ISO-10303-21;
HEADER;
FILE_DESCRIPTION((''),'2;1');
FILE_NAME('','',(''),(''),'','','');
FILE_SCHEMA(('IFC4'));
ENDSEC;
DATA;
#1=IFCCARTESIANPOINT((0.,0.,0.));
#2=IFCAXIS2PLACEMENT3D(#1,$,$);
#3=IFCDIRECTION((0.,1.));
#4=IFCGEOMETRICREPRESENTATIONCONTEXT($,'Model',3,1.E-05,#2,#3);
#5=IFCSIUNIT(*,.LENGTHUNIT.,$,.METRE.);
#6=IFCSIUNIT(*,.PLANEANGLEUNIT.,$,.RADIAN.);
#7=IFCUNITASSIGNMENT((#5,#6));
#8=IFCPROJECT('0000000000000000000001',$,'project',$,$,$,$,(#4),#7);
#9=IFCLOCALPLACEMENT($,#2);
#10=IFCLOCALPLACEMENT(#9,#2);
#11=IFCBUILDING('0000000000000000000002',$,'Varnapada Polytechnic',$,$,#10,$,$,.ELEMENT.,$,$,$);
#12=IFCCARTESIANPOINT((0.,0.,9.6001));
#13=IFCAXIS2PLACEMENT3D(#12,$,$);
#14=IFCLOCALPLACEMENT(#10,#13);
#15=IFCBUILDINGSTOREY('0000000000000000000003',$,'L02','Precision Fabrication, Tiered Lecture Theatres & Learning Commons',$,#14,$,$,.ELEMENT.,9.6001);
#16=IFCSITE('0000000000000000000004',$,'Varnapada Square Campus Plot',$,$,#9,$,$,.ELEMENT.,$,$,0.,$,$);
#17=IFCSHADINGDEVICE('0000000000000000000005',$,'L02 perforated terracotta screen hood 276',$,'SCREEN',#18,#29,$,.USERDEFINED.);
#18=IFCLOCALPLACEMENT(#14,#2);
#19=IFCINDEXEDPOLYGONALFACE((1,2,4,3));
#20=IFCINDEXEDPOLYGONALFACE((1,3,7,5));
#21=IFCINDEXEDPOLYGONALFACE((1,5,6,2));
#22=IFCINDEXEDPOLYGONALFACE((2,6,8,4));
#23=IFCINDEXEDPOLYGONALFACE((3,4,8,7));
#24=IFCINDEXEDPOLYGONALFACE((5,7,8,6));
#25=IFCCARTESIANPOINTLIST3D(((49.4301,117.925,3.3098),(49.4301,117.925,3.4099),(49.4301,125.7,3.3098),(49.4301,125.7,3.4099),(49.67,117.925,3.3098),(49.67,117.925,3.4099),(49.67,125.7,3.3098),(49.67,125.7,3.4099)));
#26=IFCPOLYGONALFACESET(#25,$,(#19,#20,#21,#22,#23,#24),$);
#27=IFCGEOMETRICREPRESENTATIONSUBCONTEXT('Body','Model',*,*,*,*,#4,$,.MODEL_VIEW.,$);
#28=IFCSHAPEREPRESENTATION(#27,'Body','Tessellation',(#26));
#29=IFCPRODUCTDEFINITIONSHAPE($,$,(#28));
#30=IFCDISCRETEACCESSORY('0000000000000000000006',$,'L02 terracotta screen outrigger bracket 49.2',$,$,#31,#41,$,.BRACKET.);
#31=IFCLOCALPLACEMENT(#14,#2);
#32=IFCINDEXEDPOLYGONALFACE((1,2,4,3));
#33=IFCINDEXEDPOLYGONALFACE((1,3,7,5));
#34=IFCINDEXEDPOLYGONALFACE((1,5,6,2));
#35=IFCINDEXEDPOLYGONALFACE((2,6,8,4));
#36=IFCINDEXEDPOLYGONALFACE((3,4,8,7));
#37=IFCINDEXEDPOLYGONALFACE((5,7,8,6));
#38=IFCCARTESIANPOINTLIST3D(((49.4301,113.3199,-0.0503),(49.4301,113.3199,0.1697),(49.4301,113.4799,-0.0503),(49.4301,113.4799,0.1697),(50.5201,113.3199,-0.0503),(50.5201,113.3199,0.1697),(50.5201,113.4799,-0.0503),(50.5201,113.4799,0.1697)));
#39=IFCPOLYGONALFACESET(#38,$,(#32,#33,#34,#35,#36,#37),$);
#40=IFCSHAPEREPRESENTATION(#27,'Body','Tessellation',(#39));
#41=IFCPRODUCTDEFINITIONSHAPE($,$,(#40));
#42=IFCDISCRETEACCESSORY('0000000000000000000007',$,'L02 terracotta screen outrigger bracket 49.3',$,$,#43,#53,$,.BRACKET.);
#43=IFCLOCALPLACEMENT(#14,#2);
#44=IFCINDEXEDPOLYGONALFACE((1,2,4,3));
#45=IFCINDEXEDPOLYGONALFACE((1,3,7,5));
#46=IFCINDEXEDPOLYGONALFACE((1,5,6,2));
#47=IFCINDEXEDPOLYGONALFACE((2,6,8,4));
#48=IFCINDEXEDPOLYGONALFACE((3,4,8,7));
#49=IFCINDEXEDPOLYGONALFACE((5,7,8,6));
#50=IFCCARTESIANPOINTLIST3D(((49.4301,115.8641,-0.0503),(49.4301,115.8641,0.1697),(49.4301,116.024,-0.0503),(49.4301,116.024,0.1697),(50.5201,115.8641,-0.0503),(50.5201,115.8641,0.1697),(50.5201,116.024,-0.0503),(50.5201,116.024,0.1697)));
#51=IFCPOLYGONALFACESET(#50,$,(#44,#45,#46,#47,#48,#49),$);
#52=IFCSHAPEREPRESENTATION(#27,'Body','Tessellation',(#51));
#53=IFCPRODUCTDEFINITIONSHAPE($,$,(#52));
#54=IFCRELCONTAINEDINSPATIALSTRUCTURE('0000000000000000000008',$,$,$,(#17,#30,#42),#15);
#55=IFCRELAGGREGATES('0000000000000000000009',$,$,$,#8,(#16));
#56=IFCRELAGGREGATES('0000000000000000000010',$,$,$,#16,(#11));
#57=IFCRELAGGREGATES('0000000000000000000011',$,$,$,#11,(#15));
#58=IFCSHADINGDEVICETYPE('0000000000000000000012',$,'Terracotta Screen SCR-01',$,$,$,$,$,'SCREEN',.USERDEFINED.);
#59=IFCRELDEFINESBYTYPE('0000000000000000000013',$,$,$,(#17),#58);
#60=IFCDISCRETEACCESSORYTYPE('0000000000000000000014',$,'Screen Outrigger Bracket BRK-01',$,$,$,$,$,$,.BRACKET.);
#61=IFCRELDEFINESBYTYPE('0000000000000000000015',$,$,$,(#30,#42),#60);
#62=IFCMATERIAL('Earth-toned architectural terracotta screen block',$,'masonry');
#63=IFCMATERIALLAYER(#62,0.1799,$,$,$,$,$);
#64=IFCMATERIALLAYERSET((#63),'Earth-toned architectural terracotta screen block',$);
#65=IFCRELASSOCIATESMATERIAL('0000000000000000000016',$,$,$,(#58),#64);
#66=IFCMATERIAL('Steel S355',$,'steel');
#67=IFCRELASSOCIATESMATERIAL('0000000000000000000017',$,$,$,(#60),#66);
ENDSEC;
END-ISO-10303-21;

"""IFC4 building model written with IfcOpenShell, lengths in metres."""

from ifc_helpers import new_model, si_unit, direction, frame, origin, origin_2d, place, context, subcontext, project, spatial, rectangle, extrude, material, layer, layer_set, type_object, element, save


model = new_model("IFC4")

# Units and contexts
model_context = context("Model", 3, precision=1e-05, world=origin(), true_north=direction((0.0, 1.0)))
body_context = subcontext(model_context, "Body", "Model", "MODEL_VIEW")
ifc_project = project(units=[si_unit("LENGTHUNIT", "METRE"), si_unit("PLANEANGLEUNIT", "RADIAN")], contexts=[model_context])

# Site, building, storey
site_placement = place(None, origin())
site = spatial("IfcSite", under=ifc_project, at=site_placement, Name="Varnapada Square Campus Plot", CompositionType="ELEMENT", RefElevation=0.0)
building_placement = place(site_placement, origin())
building = spatial("IfcBuilding", under=site, at=building_placement, Name="Varnapada Polytechnic", CompositionType="ELEMENT")
storey_placement = place(building_placement, frame((0.0, 0.0, 9.6001)))
storey = spatial("IfcBuildingStorey", under=building, at=storey_placement, Name="L02", Description="Precision Fabrication, Tiered Lecture Theatres & Learning Commons", CompositionType="ELEMENT", Elevation=9.6001)

# Shared definitions
ifc_material_1 = material(Name="Earth-toned architectural terracotta screen block", Category="masonry")

# Shading device
ifc_layer_1 = layer(ifc_material_1, 0.1799)
ifc_layer_set_1 = layer_set([ifc_layer_1], Name="Earth-toned architectural terracotta screen block")
shading_device_type = type_object("IfcShadingDeviceType", Name="Terracotta Screen SCR-01", ElementType="SCREEN", PredefinedType="USERDEFINED", material=ifc_layer_set_1)
shading_device_1_placement = place(storey_placement, frame((49.55, 121.8125, 3.3098), z_axis=(0.0, 0.0, 1.0), x_axis=(0.0, 1.0, 0.0)))
element("IfcShadingDevice", 1, at=shading_device_1_placement, inside=storey, type_object=shading_device_type, Name="L02 perforated terracotta screen hood 276", ObjectType="SCREEN", PredefinedType="USERDEFINED", context=body_context, shape_type="SweptSolid", body=[
    extrude(rectangle(XDim=7.7749, YDim=0.24, at=origin_2d()), origin(), (0.0, 0.0, 1.0), 0.1001),
])

# Discrete accessories
ifc_material_2 = material(Name="Steel S355", Category="steel")
discrete_accessory_type = type_object("IfcDiscreteAccessoryType", Name="Screen Outrigger Bracket BRK-01", PredefinedType="BRACKET", material=ifc_material_2)
for number, where, z_axis, x_axis, name in (
    (2, (49.9751, 113.3999, -0.0503), (0.0, 0.0, 1.0), (0.0, 1.0, 0.0), "L02 terracotta screen outrigger bracket 49.2"),
    (3, (49.9751, 115.9441, -0.0503), (0.0, 0.0, 1.0), (0.0, 1.0, 0.0), "L02 terracotta screen outrigger bracket 49.3"),
):
    element("IfcDiscreteAccessory", number, at=place(storey_placement, frame(where, z_axis=z_axis, x_axis=x_axis)), inside=storey, type_object=discrete_accessory_type, Name=name, PredefinedType="BRACKET", context=body_context, shape_type="SweptSolid", body=[
        extrude(rectangle(XDim=0.1599, YDim=1.0901, at=origin_2d()), origin(), (0.0, 0.0, 1.0), 0.22),
    ])

save(model, "model.ifc")
